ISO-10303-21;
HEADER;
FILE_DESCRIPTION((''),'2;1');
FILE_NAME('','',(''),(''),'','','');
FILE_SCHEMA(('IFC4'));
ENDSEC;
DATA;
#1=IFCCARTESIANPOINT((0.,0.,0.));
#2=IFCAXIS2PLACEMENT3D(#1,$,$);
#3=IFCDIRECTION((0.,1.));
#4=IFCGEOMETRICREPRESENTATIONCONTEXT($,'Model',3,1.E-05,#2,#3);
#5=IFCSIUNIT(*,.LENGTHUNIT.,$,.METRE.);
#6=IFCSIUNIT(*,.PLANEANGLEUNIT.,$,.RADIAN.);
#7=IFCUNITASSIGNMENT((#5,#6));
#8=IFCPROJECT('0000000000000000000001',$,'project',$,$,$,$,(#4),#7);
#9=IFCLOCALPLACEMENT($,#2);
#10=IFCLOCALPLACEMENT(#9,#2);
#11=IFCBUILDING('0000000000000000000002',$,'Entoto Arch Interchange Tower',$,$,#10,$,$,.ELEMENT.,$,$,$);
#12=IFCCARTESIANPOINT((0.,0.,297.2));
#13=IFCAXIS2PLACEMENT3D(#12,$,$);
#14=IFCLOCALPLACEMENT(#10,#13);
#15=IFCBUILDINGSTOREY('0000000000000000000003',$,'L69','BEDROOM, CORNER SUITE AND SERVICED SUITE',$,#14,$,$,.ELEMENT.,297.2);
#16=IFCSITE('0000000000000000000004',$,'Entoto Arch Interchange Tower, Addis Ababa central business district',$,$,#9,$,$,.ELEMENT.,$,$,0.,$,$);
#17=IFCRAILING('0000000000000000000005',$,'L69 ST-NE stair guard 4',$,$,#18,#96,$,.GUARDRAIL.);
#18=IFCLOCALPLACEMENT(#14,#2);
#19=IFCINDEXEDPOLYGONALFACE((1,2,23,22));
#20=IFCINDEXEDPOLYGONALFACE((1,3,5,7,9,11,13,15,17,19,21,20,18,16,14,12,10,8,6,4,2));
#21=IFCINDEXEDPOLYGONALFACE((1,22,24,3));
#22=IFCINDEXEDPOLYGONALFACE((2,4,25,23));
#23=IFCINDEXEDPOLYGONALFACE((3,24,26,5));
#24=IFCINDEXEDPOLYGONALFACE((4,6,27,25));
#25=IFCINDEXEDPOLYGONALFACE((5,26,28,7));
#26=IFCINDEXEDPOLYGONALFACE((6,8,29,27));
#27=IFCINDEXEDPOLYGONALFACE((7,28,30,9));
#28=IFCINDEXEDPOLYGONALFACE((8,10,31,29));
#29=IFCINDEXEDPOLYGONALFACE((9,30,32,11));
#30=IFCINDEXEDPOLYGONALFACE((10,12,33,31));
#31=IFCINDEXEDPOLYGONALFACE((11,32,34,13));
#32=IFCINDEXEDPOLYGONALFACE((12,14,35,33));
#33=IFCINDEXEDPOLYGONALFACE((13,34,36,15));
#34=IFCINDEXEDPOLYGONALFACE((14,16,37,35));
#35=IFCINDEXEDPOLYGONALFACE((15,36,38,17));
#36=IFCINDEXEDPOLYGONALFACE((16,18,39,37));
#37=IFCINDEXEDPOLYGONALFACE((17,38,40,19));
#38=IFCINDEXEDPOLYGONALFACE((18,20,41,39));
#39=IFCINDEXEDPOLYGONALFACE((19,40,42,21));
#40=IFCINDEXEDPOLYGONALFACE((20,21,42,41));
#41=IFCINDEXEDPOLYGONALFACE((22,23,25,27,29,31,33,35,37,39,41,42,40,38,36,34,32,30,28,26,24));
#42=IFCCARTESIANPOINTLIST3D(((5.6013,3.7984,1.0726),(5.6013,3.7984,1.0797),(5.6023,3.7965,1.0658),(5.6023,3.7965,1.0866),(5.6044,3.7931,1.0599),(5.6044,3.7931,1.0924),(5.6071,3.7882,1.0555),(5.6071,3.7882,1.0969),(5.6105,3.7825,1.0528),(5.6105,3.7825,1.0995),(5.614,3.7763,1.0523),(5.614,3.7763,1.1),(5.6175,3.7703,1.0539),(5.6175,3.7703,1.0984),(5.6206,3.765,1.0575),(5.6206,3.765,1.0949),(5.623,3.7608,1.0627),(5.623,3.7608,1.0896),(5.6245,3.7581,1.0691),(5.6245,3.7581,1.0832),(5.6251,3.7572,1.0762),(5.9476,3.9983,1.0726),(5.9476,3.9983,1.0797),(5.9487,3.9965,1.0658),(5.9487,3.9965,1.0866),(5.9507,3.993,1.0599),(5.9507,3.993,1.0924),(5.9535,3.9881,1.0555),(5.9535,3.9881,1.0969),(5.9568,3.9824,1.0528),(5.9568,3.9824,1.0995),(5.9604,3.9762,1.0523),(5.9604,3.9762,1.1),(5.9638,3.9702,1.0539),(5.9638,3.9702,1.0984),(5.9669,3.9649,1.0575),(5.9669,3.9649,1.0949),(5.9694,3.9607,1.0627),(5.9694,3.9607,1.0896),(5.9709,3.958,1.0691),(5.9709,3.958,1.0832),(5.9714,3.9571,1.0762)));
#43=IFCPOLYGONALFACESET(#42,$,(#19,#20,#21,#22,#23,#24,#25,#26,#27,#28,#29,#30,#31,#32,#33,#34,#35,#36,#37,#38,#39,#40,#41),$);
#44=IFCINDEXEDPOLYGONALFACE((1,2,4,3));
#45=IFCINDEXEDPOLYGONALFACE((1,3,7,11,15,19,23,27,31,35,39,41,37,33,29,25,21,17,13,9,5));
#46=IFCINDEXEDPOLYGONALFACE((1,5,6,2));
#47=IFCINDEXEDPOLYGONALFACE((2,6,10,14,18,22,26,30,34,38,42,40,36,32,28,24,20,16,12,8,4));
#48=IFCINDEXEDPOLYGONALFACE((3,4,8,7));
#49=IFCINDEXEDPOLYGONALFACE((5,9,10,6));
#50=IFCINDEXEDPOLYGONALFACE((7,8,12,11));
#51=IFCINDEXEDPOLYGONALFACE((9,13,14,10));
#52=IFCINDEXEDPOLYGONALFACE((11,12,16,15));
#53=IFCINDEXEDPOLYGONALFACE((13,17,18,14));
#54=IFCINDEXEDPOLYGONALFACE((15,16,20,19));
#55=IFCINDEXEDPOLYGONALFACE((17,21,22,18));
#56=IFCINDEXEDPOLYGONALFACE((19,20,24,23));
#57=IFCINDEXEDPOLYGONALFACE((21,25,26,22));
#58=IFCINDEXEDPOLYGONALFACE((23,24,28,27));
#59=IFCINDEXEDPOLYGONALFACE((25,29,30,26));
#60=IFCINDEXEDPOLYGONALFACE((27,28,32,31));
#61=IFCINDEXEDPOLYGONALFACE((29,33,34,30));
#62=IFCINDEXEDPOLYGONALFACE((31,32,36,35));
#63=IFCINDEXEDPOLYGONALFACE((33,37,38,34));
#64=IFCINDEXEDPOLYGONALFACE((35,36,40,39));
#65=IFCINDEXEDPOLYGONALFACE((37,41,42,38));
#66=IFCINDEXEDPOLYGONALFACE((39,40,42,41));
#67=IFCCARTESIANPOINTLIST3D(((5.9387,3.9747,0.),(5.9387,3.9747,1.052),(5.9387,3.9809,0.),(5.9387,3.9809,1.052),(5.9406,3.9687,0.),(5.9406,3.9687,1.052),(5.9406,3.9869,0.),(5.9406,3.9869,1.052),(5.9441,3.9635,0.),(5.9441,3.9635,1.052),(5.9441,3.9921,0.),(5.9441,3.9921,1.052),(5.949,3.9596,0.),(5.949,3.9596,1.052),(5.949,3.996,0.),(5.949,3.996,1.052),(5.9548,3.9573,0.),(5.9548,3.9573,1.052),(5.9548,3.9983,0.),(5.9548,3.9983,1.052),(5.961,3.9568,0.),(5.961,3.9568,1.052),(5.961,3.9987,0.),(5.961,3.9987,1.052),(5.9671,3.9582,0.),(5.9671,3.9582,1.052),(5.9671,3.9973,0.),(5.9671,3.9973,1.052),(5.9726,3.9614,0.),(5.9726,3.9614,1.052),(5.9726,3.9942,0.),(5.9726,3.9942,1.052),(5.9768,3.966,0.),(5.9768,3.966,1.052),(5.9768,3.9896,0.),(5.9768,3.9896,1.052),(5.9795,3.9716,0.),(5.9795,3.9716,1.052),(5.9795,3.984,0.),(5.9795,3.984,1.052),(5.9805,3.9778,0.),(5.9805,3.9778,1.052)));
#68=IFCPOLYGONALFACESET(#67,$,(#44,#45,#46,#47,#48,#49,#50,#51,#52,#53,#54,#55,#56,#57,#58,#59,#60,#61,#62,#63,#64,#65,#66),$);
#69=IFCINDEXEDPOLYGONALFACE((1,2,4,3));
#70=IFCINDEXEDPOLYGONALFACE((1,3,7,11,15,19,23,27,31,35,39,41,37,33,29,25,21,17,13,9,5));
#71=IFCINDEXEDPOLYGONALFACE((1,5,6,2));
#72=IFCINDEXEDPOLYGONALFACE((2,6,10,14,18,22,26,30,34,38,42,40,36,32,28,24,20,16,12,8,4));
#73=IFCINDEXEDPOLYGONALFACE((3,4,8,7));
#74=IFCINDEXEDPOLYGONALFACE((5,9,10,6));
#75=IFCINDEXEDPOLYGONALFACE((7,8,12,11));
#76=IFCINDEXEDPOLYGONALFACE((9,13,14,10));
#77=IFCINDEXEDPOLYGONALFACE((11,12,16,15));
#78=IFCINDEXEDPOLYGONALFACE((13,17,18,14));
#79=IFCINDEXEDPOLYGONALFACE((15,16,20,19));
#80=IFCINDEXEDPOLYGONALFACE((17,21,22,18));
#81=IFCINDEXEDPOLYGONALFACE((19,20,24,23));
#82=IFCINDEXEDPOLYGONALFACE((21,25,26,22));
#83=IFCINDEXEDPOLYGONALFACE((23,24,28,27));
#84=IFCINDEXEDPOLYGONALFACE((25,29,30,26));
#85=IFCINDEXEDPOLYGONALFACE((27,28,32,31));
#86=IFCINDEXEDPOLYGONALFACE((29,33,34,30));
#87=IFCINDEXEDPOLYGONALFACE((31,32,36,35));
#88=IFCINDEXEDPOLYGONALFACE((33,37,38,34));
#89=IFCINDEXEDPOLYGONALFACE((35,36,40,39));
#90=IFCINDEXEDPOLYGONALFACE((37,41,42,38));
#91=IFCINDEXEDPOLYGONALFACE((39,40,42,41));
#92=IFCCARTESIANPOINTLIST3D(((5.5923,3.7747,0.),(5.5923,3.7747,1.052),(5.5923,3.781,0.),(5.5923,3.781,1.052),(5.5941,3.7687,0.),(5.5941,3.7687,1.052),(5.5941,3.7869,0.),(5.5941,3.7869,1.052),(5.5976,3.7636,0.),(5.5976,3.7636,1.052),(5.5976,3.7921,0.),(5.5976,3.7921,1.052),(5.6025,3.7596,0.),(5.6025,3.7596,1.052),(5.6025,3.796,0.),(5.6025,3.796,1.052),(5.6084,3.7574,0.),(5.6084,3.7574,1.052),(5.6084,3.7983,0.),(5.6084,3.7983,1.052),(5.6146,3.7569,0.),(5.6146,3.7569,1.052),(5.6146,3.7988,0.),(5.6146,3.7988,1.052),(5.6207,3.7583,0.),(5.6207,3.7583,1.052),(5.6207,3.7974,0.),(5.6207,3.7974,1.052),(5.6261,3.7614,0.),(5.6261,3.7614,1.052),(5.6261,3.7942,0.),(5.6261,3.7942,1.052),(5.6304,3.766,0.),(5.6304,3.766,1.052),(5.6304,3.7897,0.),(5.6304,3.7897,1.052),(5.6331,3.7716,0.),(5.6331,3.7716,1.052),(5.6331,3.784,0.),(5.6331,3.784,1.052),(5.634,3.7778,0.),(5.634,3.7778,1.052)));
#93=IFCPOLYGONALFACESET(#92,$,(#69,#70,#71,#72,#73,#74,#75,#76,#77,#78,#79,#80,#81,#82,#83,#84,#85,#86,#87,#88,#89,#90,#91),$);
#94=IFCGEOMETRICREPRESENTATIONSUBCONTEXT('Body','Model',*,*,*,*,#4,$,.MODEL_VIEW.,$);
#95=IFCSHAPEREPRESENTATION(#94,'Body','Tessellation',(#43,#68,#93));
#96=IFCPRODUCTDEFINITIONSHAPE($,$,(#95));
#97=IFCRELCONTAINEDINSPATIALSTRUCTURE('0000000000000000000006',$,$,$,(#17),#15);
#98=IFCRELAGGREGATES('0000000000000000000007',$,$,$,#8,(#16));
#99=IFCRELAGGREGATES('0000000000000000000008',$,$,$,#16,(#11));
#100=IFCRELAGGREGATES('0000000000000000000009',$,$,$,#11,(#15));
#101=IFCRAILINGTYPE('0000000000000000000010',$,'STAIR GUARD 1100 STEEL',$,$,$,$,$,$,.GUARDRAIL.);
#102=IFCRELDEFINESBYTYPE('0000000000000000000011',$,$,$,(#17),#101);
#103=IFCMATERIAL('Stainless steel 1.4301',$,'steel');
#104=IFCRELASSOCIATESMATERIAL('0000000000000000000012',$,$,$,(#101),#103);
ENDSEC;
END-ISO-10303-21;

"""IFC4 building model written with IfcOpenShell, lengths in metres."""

from ifc_helpers import new_model, si_unit, direction, frame, origin, origin_2d, place, context, subcontext, project, spatial, circle, extrude, material, type_object, element, save


model = new_model("IFC4")

# Units and contexts
model_context = context("Model", 3, precision=1e-05, world=origin(), true_north=direction((0.0, 1.0)))
body_context = subcontext(model_context, "Body", "Model", "MODEL_VIEW")
ifc_project = project(units=[si_unit("LENGTHUNIT", "METRE"), si_unit("PLANEANGLEUNIT", "RADIAN")], contexts=[model_context])

# Site, building, storey
site_placement = place(None, origin())
site = spatial("IfcSite", under=ifc_project, at=site_placement, Name="Entoto Arch Interchange Tower, Addis Ababa central business district", CompositionType="ELEMENT", RefElevation=0.0)
building_placement = place(site_placement, origin())
building = spatial("IfcBuilding", under=site, at=building_placement, Name="Entoto Arch Interchange Tower", CompositionType="ELEMENT")
storey_placement = place(building_placement, frame((0.0, 0.0, 297.2)))
storey = spatial("IfcBuildingStorey", under=building, at=storey_placement, Name="L69", Description="BEDROOM, CORNER SUITE AND SERVICED SUITE", CompositionType="ELEMENT", Elevation=297.2)

# Railing
ifc_material_1 = material(Name="Stainless steel 1.4301", Category="steel")
railing_type_1 = type_object("IfcRailingType", Name="STAIR GUARD 1100 STEEL", PredefinedType="GUARDRAIL", material=ifc_material_1)
railing_1_placement = place(storey_placement, frame((5.9595, 3.9778, 0.0)))
element("IfcRailing", 1, at=railing_1_placement, inside=storey, type_object=railing_type_1, Name="L69 ST-NE stair guard 4", PredefinedType="GUARDRAIL", context=body_context, shape_type="SweptSolid", body=[
    extrude(circle(Radius=0.0239, at=origin_2d()), frame((0.0, 0.0, 1.0762), z_axis=(-0.866094, -0.499881, 0.0), x_axis=(0.499881, -0.866094, 0.0)), (0.0, 0.0, 1.0), 0.3999),
    extrude(circle(Radius=0.021, at=origin_2d()), origin(), (0.0, 0.0, 1.0), 1.052),
    extrude(circle(Radius=0.021, at=origin_2d()), frame((-0.3464, -0.2, 0.0)), (0.0, 0.0, 1.0), 1.052),
])

save(model, "model.ifc")
